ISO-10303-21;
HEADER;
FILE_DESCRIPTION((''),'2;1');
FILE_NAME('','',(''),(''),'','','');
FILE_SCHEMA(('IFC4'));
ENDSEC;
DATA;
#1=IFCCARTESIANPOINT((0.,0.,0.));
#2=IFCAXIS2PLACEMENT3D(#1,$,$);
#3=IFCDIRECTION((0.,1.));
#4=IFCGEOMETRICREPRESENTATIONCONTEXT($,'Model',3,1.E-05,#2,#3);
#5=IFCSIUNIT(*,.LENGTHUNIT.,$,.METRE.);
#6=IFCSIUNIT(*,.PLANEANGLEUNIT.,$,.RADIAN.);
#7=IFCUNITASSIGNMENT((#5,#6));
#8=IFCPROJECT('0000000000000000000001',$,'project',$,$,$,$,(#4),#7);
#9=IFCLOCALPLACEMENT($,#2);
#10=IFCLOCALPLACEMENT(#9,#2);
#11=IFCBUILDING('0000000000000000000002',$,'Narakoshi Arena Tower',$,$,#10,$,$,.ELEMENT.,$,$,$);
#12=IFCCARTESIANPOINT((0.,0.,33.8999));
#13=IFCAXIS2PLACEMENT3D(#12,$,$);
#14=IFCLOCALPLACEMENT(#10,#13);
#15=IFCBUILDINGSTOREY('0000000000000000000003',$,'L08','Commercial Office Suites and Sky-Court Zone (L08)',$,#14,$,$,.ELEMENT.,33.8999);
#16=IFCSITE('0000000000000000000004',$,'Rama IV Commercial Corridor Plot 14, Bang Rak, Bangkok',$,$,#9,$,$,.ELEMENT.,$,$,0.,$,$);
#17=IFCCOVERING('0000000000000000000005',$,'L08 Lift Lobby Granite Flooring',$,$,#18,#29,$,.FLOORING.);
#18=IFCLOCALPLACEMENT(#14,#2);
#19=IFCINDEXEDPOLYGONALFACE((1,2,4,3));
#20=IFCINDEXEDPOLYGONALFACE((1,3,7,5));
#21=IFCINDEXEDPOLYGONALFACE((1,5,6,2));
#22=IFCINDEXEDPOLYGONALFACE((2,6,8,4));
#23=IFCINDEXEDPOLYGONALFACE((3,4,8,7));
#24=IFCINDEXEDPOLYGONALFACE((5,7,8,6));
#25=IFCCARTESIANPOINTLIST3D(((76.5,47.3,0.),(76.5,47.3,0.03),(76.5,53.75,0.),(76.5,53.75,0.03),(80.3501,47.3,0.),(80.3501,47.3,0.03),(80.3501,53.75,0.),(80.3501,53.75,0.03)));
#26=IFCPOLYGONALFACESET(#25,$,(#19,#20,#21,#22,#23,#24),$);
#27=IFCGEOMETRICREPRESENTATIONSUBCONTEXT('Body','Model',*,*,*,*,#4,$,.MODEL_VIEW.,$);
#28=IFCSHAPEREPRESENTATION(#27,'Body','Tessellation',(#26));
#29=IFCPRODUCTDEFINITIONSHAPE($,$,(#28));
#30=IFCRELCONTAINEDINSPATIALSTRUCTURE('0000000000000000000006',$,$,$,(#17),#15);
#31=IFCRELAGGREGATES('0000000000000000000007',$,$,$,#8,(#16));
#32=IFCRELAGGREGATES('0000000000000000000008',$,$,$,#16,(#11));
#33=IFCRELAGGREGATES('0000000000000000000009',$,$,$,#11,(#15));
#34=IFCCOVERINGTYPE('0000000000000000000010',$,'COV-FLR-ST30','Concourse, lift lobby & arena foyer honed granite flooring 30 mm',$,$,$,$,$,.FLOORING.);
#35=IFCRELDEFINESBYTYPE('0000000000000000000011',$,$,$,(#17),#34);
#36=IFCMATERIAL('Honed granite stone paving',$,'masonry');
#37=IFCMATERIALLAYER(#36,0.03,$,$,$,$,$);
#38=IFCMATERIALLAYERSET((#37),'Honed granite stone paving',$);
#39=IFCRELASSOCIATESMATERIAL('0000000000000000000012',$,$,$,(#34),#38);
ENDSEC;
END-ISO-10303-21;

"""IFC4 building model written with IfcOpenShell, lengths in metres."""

from ifc_helpers import new_model, si_unit, direction, frame, origin, place, context, subcontext, project, spatial, polyline, outline, extrude, material, layer, layer_set, type_object, element, save


model = new_model("IFC4")

# Units and contexts
model_context = context("Model", 3, precision=1e-05, world=origin(), true_north=direction((0.0, 1.0)))
body_context = subcontext(model_context, "Body", "Model", "MODEL_VIEW")
ifc_project = project(units=[si_unit("LENGTHUNIT", "METRE"), si_unit("PLANEANGLEUNIT", "RADIAN")], contexts=[model_context])

# Site, building, storey
site_placement = place(None, origin())
site = spatial("IfcSite", under=ifc_project, at=site_placement, Name="Rama IV Commercial Corridor Plot 14, Bang Rak, Bangkok", CompositionType="ELEMENT", RefElevation=0.0)
building_placement = place(site_placement, origin())
building = spatial("IfcBuilding", under=site, at=building_placement, Name="Narakoshi Arena Tower", CompositionType="ELEMENT")
storey_placement = place(building_placement, frame((0.0, 0.0, 33.8999)))
storey = spatial("IfcBuildingStorey", under=building, at=storey_placement, Name="L08", Description="Commercial Office Suites and Sky-Court Zone (L08)", CompositionType="ELEMENT", Elevation=33.8999)

# Covering
ifc_material_1 = material(Name="Honed granite stone paving", Category="masonry")
ifc_layer_1 = layer(ifc_material_1, 0.03)
ifc_layer_set_1 = layer_set([ifc_layer_1], Name="Honed granite stone paving")
covering_type_1 = type_object("IfcCoveringType", Name="COV-FLR-ST30", Description="Concourse, lift lobby & arena foyer honed granite flooring 30 mm", PredefinedType="FLOORING", material=ifc_layer_set_1)
covering_1_placement = place(storey_placement, origin())
element("IfcCovering", 1, at=covering_1_placement, inside=storey, type_object=covering_type_1, Name="L08 Lift Lobby Granite Flooring", PredefinedType="FLOORING", context=body_context, shape_type="SweptSolid", body=[
    extrude(outline(polyline([(76.5, 47.3), (80.3501, 47.3), (80.3501, 53.75), (76.5, 53.75), (76.5, 47.3)])), origin(), (0.0, 0.0, 1.0), 0.03),
])

save(model, "model.ifc")
